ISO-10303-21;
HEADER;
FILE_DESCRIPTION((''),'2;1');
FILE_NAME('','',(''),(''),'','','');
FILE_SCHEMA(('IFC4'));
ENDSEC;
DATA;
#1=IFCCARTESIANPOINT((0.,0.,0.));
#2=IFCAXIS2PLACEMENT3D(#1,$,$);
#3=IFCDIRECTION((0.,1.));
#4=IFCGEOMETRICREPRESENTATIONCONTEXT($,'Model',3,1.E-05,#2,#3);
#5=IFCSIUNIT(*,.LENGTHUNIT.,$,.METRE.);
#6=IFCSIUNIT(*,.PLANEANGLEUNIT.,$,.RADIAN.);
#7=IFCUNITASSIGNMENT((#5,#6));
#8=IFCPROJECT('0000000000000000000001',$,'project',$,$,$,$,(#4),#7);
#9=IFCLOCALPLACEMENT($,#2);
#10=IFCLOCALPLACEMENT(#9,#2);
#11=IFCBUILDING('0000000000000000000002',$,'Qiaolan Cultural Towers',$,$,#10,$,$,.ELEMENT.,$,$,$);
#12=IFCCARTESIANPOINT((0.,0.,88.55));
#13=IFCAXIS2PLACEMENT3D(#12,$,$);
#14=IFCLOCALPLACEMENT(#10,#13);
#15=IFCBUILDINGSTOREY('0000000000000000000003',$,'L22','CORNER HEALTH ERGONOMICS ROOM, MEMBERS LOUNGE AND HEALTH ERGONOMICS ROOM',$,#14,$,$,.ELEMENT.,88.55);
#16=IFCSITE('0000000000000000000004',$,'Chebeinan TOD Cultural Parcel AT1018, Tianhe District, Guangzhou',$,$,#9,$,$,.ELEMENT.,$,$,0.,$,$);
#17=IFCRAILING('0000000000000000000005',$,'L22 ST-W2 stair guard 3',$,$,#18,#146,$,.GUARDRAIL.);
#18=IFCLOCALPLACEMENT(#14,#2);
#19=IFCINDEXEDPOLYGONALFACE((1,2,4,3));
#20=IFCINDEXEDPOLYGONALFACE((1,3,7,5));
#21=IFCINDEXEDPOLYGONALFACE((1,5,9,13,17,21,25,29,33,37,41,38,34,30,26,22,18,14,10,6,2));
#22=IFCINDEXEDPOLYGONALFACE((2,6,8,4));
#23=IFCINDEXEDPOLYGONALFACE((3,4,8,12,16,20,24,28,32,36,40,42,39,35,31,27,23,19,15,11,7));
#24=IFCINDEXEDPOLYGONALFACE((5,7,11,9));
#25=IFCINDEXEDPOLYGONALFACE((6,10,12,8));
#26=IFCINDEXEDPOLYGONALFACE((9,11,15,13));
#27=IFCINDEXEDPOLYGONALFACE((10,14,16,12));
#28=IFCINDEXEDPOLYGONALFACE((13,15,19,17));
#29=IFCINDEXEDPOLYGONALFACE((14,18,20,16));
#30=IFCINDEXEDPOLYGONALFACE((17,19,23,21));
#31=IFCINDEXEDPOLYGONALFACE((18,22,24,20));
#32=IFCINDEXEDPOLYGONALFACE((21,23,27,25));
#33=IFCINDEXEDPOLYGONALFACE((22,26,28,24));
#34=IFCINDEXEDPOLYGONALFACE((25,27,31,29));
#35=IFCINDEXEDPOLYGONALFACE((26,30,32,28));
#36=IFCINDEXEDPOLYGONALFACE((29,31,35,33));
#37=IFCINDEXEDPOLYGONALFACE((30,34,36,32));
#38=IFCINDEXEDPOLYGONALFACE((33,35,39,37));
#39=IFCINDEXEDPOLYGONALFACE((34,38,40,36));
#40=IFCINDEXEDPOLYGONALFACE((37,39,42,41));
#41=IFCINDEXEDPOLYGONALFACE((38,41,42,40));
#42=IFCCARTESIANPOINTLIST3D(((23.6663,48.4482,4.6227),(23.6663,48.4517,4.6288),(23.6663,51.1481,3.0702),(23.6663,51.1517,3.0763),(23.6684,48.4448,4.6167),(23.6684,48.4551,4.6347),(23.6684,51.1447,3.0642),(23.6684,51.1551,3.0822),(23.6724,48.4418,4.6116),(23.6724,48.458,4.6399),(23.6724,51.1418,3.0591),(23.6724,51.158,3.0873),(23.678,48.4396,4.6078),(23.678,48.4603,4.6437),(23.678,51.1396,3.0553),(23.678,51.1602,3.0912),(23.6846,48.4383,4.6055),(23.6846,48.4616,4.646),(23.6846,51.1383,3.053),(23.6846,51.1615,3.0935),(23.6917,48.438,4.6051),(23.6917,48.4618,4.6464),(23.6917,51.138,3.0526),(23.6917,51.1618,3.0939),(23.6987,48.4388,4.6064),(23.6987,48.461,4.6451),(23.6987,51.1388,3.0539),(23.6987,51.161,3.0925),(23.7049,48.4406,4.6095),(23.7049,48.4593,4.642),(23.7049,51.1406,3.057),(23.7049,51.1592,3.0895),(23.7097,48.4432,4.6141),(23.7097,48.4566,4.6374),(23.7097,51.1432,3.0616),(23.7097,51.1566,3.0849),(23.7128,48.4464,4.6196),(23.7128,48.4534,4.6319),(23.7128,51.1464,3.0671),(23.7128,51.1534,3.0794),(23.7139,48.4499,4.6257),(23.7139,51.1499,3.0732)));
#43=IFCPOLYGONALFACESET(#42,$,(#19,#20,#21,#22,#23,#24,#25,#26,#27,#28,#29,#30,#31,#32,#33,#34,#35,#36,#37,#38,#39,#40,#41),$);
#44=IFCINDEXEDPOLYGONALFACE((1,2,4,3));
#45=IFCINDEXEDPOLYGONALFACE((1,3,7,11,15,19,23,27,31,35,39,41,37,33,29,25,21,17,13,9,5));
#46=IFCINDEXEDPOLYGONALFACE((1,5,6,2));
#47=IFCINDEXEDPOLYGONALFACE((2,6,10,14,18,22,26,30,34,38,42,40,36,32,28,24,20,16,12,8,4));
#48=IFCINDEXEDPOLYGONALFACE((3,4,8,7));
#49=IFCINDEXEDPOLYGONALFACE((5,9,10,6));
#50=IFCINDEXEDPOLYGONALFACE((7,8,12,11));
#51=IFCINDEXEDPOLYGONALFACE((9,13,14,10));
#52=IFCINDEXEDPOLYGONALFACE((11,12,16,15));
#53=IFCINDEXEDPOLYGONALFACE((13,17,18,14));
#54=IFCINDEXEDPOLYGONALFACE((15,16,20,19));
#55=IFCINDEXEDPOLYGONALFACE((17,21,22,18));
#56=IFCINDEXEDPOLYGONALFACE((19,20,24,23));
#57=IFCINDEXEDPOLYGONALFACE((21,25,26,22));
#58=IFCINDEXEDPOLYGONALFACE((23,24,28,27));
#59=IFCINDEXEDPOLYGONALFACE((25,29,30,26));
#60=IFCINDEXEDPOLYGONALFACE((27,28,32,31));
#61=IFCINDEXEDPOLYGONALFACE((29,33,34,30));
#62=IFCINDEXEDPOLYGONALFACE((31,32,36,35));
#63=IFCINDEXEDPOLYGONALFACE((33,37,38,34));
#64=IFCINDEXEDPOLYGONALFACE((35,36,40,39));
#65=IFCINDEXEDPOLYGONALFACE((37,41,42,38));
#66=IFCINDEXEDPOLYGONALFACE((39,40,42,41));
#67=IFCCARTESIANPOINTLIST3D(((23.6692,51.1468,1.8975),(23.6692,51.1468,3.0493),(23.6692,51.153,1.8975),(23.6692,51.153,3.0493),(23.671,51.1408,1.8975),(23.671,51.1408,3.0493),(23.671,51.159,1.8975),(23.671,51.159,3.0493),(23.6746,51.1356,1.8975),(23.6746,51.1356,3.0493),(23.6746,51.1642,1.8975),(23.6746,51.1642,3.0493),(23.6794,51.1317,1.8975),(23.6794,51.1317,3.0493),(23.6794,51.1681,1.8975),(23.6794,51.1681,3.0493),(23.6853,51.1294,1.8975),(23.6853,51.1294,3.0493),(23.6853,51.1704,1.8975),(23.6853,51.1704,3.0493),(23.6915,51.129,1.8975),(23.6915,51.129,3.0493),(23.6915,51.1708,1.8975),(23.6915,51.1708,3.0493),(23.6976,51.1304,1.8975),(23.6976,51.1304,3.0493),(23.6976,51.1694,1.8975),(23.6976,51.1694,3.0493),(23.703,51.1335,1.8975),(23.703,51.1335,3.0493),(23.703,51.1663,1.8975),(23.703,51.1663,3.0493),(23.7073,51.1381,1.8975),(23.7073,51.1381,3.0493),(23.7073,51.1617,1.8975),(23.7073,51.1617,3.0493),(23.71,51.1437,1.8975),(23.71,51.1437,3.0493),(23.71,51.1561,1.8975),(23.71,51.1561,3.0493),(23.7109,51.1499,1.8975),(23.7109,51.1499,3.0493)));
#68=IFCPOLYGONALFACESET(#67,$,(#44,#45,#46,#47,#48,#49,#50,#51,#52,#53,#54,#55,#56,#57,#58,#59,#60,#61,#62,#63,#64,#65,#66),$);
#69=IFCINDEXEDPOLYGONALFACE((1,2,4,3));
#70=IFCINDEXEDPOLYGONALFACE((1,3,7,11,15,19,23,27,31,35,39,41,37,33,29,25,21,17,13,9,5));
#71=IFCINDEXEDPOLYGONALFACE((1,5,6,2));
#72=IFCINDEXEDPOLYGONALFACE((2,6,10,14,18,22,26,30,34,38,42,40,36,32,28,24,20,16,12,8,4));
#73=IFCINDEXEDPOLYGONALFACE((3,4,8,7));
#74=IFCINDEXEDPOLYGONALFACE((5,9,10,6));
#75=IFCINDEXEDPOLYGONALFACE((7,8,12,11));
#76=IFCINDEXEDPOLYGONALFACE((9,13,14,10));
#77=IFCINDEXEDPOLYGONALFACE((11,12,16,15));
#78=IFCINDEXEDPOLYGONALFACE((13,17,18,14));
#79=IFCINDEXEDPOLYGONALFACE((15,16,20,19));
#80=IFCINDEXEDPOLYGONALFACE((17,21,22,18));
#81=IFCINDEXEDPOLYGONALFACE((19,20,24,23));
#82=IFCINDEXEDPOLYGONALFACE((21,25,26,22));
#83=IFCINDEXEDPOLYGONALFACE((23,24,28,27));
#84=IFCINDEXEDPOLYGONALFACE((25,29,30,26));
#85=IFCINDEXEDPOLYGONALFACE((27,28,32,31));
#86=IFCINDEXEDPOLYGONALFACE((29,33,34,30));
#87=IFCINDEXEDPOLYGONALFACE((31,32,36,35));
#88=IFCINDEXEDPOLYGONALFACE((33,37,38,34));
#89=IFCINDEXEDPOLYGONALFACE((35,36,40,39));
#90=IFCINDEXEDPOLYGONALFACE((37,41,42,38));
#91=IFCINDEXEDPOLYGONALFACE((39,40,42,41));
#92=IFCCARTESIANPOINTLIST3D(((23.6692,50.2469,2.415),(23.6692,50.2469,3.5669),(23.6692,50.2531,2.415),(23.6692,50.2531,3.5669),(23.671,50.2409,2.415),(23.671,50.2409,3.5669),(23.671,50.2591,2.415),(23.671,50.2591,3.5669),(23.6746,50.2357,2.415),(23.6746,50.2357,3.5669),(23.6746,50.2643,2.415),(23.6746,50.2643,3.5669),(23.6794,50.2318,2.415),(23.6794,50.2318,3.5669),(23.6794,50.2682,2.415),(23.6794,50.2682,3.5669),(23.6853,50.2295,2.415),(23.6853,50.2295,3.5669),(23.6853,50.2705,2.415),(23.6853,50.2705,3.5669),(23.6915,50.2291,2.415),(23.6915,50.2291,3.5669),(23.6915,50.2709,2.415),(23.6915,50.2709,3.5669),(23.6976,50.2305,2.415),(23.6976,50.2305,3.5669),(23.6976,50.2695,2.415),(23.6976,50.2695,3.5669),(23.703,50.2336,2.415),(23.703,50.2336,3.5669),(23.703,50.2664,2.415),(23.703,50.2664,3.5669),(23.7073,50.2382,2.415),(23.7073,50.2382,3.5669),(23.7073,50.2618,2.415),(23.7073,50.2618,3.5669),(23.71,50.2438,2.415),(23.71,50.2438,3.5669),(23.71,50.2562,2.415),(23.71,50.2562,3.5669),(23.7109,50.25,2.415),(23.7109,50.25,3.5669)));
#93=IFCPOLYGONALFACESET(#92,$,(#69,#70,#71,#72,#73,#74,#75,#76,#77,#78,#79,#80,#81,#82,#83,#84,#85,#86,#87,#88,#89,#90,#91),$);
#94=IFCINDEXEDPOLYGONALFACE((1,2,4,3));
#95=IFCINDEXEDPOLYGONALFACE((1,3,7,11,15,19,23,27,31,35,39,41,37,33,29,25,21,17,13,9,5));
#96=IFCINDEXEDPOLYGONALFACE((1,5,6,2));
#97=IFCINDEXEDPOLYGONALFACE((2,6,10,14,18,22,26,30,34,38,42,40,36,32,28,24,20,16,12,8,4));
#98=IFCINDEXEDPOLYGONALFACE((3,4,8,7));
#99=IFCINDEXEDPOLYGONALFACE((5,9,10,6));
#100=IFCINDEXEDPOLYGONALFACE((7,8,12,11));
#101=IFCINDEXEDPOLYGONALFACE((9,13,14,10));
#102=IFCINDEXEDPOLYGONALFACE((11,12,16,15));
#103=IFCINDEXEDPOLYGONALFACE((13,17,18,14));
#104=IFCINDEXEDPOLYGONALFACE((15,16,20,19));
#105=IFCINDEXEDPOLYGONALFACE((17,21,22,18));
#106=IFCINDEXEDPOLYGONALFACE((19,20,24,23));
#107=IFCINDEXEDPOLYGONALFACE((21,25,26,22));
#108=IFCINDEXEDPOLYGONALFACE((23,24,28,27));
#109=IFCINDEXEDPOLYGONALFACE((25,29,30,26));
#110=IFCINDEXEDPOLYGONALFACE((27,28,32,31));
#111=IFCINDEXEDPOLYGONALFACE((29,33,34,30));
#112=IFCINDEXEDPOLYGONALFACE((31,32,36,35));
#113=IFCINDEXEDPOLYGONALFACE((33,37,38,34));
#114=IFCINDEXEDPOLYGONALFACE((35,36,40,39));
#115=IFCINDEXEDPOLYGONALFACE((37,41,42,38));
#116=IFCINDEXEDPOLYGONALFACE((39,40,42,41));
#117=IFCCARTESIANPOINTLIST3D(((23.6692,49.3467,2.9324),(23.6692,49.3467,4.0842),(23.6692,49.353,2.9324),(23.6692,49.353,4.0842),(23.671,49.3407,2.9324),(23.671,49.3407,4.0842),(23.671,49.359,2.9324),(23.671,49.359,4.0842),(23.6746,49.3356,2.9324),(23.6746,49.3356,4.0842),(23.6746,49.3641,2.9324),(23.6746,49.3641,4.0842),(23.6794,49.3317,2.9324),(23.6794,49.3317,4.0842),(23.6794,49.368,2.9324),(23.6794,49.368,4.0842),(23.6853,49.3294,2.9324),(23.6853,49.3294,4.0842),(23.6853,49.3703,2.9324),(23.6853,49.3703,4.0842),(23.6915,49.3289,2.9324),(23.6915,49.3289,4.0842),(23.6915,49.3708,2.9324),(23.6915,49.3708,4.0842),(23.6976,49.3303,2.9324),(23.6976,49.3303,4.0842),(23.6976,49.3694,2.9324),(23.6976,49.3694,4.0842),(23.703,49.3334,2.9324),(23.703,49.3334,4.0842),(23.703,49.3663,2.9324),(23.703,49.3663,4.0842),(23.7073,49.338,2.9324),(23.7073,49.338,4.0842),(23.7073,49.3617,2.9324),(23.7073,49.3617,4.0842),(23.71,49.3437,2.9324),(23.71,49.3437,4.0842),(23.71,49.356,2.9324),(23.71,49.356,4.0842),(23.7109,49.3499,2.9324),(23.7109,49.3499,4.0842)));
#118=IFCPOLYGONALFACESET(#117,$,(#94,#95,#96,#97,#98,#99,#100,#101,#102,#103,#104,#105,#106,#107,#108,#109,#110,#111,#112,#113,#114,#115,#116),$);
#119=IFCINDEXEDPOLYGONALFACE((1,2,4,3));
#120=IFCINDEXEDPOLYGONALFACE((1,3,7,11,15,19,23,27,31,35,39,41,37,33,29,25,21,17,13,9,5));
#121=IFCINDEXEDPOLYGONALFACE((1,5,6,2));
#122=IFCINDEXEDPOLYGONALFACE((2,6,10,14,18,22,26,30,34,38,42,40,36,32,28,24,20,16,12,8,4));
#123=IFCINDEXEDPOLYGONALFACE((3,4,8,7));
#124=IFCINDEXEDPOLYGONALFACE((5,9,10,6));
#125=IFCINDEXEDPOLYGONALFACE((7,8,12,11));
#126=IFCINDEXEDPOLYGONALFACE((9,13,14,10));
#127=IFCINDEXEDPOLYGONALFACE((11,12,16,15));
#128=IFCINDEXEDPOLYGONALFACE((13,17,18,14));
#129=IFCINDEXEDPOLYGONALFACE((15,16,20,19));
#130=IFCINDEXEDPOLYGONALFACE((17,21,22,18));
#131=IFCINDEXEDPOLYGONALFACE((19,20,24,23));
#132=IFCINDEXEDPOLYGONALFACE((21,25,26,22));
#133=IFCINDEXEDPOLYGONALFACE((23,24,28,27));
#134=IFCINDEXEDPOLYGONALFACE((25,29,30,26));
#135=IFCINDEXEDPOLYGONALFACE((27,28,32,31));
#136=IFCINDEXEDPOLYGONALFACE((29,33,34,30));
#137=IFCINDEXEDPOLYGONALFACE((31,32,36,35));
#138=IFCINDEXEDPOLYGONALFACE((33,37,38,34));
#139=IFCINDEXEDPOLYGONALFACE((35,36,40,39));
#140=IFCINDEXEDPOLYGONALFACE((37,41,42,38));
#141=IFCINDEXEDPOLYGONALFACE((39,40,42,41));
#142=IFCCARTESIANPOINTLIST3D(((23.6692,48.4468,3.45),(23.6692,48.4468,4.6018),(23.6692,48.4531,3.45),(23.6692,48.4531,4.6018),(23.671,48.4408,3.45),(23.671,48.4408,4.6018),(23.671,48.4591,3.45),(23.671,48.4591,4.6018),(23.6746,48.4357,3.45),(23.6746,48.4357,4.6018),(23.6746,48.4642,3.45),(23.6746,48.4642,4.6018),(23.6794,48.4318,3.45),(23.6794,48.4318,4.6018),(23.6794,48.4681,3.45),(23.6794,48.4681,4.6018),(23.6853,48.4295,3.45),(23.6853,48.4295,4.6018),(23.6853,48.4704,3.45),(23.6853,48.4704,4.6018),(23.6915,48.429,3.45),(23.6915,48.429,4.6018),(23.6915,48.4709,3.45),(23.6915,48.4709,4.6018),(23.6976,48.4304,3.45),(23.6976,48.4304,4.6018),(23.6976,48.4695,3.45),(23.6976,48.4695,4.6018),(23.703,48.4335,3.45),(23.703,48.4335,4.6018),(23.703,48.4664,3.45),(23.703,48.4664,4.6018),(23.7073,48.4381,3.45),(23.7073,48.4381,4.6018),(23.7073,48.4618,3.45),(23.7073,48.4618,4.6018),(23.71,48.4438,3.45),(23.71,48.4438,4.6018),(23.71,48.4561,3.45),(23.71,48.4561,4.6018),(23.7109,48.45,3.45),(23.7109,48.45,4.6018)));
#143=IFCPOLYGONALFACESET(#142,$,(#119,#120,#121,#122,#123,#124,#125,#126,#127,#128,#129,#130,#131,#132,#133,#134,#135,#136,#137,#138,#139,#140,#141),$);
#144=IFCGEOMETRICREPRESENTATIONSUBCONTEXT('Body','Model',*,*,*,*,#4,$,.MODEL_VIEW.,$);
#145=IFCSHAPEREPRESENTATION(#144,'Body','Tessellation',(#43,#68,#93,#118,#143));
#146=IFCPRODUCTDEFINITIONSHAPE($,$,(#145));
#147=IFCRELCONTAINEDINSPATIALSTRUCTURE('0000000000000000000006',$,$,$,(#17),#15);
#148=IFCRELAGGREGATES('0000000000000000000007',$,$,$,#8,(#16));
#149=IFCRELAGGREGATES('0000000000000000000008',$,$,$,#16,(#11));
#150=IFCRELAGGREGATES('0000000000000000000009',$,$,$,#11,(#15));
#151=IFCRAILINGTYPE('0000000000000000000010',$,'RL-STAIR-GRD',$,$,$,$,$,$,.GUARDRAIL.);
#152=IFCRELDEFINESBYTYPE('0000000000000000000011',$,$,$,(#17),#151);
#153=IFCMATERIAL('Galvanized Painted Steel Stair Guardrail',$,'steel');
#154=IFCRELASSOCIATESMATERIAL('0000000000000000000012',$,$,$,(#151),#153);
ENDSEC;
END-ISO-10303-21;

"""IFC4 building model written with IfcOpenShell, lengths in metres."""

from ifc_helpers import new_model, si_unit, direction, frame, origin, origin_2d, place, context, subcontext, project, spatial, circle, extrude, material, type_object, element, save


model = new_model("IFC4")

# Units and contexts
model_context = context("Model", 3, precision=1e-05, world=origin(), true_north=direction((0.0, 1.0)))
body_context = subcontext(model_context, "Body", "Model", "MODEL_VIEW")
ifc_project = project(units=[si_unit("LENGTHUNIT", "METRE"), si_unit("PLANEANGLEUNIT", "RADIAN")], contexts=[model_context])

# Site, building, storey
site_placement = place(None, origin())
site = spatial("IfcSite", under=ifc_project, at=site_placement, Name="Chebeinan TOD Cultural Parcel AT1018, Tianhe District, Guangzhou", CompositionType="ELEMENT", RefElevation=0.0)
building_placement = place(site_placement, origin())
building = spatial("IfcBuilding", under=site, at=building_placement, Name="Qiaolan Cultural Towers", CompositionType="ELEMENT")
storey_placement = place(building_placement, frame((0.0, 0.0, 88.55)))
storey = spatial("IfcBuildingStorey", under=building, at=storey_placement, Name="L22", Description="CORNER HEALTH ERGONOMICS ROOM, MEMBERS LOUNGE AND HEALTH ERGONOMICS ROOM", CompositionType="ELEMENT", Elevation=88.55)

# Railing
ifc_material_1 = material(Name="Galvanized Painted Steel Stair Guardrail", Category="steel")
railing_type_1 = type_object("IfcRailingType", Name="RL-STAIR-GRD", PredefinedType="GUARDRAIL", material=ifc_material_1)
railing_1_placement = place(storey_placement, frame((23.6899, 51.1499, 1.8975)))
element("IfcRailing", 1, at=railing_1_placement, inside=storey, type_object=railing_type_1, Name="L22 ST-W2 stair guard 3", PredefinedType="GUARDRAIL", context=body_context, shape_type="SweptSolid", body=[
    extrude(circle(Radius=0.0239, at=origin_2d()), frame((0.0, 0.0, 1.1758), z_axis=(0.0, -0.866904, 0.498476), x_axis=(1.0, 0.0, 0.0)), (0.0, 0.0, 1.0), 3.1145),
    extrude(circle(Radius=0.021, at=origin_2d()), origin(), (0.0, 0.0, 1.0), 1.1519),
    extrude(circle(Radius=0.021, at=origin_2d()), frame((0.0, -0.8999, 0.5176)), (0.0, 0.0, 1.0), 1.1519),
    extrude(circle(Radius=0.021, at=origin_2d()), frame((0.0, -1.8, 1.0349)), (0.0, 0.0, 1.0), 1.1519),
    extrude(circle(Radius=0.021, at=origin_2d()), frame((0.0, -2.7, 1.5525)), (0.0, 0.0, 1.0), 1.1519),
])

save(model, "model.ifc")
